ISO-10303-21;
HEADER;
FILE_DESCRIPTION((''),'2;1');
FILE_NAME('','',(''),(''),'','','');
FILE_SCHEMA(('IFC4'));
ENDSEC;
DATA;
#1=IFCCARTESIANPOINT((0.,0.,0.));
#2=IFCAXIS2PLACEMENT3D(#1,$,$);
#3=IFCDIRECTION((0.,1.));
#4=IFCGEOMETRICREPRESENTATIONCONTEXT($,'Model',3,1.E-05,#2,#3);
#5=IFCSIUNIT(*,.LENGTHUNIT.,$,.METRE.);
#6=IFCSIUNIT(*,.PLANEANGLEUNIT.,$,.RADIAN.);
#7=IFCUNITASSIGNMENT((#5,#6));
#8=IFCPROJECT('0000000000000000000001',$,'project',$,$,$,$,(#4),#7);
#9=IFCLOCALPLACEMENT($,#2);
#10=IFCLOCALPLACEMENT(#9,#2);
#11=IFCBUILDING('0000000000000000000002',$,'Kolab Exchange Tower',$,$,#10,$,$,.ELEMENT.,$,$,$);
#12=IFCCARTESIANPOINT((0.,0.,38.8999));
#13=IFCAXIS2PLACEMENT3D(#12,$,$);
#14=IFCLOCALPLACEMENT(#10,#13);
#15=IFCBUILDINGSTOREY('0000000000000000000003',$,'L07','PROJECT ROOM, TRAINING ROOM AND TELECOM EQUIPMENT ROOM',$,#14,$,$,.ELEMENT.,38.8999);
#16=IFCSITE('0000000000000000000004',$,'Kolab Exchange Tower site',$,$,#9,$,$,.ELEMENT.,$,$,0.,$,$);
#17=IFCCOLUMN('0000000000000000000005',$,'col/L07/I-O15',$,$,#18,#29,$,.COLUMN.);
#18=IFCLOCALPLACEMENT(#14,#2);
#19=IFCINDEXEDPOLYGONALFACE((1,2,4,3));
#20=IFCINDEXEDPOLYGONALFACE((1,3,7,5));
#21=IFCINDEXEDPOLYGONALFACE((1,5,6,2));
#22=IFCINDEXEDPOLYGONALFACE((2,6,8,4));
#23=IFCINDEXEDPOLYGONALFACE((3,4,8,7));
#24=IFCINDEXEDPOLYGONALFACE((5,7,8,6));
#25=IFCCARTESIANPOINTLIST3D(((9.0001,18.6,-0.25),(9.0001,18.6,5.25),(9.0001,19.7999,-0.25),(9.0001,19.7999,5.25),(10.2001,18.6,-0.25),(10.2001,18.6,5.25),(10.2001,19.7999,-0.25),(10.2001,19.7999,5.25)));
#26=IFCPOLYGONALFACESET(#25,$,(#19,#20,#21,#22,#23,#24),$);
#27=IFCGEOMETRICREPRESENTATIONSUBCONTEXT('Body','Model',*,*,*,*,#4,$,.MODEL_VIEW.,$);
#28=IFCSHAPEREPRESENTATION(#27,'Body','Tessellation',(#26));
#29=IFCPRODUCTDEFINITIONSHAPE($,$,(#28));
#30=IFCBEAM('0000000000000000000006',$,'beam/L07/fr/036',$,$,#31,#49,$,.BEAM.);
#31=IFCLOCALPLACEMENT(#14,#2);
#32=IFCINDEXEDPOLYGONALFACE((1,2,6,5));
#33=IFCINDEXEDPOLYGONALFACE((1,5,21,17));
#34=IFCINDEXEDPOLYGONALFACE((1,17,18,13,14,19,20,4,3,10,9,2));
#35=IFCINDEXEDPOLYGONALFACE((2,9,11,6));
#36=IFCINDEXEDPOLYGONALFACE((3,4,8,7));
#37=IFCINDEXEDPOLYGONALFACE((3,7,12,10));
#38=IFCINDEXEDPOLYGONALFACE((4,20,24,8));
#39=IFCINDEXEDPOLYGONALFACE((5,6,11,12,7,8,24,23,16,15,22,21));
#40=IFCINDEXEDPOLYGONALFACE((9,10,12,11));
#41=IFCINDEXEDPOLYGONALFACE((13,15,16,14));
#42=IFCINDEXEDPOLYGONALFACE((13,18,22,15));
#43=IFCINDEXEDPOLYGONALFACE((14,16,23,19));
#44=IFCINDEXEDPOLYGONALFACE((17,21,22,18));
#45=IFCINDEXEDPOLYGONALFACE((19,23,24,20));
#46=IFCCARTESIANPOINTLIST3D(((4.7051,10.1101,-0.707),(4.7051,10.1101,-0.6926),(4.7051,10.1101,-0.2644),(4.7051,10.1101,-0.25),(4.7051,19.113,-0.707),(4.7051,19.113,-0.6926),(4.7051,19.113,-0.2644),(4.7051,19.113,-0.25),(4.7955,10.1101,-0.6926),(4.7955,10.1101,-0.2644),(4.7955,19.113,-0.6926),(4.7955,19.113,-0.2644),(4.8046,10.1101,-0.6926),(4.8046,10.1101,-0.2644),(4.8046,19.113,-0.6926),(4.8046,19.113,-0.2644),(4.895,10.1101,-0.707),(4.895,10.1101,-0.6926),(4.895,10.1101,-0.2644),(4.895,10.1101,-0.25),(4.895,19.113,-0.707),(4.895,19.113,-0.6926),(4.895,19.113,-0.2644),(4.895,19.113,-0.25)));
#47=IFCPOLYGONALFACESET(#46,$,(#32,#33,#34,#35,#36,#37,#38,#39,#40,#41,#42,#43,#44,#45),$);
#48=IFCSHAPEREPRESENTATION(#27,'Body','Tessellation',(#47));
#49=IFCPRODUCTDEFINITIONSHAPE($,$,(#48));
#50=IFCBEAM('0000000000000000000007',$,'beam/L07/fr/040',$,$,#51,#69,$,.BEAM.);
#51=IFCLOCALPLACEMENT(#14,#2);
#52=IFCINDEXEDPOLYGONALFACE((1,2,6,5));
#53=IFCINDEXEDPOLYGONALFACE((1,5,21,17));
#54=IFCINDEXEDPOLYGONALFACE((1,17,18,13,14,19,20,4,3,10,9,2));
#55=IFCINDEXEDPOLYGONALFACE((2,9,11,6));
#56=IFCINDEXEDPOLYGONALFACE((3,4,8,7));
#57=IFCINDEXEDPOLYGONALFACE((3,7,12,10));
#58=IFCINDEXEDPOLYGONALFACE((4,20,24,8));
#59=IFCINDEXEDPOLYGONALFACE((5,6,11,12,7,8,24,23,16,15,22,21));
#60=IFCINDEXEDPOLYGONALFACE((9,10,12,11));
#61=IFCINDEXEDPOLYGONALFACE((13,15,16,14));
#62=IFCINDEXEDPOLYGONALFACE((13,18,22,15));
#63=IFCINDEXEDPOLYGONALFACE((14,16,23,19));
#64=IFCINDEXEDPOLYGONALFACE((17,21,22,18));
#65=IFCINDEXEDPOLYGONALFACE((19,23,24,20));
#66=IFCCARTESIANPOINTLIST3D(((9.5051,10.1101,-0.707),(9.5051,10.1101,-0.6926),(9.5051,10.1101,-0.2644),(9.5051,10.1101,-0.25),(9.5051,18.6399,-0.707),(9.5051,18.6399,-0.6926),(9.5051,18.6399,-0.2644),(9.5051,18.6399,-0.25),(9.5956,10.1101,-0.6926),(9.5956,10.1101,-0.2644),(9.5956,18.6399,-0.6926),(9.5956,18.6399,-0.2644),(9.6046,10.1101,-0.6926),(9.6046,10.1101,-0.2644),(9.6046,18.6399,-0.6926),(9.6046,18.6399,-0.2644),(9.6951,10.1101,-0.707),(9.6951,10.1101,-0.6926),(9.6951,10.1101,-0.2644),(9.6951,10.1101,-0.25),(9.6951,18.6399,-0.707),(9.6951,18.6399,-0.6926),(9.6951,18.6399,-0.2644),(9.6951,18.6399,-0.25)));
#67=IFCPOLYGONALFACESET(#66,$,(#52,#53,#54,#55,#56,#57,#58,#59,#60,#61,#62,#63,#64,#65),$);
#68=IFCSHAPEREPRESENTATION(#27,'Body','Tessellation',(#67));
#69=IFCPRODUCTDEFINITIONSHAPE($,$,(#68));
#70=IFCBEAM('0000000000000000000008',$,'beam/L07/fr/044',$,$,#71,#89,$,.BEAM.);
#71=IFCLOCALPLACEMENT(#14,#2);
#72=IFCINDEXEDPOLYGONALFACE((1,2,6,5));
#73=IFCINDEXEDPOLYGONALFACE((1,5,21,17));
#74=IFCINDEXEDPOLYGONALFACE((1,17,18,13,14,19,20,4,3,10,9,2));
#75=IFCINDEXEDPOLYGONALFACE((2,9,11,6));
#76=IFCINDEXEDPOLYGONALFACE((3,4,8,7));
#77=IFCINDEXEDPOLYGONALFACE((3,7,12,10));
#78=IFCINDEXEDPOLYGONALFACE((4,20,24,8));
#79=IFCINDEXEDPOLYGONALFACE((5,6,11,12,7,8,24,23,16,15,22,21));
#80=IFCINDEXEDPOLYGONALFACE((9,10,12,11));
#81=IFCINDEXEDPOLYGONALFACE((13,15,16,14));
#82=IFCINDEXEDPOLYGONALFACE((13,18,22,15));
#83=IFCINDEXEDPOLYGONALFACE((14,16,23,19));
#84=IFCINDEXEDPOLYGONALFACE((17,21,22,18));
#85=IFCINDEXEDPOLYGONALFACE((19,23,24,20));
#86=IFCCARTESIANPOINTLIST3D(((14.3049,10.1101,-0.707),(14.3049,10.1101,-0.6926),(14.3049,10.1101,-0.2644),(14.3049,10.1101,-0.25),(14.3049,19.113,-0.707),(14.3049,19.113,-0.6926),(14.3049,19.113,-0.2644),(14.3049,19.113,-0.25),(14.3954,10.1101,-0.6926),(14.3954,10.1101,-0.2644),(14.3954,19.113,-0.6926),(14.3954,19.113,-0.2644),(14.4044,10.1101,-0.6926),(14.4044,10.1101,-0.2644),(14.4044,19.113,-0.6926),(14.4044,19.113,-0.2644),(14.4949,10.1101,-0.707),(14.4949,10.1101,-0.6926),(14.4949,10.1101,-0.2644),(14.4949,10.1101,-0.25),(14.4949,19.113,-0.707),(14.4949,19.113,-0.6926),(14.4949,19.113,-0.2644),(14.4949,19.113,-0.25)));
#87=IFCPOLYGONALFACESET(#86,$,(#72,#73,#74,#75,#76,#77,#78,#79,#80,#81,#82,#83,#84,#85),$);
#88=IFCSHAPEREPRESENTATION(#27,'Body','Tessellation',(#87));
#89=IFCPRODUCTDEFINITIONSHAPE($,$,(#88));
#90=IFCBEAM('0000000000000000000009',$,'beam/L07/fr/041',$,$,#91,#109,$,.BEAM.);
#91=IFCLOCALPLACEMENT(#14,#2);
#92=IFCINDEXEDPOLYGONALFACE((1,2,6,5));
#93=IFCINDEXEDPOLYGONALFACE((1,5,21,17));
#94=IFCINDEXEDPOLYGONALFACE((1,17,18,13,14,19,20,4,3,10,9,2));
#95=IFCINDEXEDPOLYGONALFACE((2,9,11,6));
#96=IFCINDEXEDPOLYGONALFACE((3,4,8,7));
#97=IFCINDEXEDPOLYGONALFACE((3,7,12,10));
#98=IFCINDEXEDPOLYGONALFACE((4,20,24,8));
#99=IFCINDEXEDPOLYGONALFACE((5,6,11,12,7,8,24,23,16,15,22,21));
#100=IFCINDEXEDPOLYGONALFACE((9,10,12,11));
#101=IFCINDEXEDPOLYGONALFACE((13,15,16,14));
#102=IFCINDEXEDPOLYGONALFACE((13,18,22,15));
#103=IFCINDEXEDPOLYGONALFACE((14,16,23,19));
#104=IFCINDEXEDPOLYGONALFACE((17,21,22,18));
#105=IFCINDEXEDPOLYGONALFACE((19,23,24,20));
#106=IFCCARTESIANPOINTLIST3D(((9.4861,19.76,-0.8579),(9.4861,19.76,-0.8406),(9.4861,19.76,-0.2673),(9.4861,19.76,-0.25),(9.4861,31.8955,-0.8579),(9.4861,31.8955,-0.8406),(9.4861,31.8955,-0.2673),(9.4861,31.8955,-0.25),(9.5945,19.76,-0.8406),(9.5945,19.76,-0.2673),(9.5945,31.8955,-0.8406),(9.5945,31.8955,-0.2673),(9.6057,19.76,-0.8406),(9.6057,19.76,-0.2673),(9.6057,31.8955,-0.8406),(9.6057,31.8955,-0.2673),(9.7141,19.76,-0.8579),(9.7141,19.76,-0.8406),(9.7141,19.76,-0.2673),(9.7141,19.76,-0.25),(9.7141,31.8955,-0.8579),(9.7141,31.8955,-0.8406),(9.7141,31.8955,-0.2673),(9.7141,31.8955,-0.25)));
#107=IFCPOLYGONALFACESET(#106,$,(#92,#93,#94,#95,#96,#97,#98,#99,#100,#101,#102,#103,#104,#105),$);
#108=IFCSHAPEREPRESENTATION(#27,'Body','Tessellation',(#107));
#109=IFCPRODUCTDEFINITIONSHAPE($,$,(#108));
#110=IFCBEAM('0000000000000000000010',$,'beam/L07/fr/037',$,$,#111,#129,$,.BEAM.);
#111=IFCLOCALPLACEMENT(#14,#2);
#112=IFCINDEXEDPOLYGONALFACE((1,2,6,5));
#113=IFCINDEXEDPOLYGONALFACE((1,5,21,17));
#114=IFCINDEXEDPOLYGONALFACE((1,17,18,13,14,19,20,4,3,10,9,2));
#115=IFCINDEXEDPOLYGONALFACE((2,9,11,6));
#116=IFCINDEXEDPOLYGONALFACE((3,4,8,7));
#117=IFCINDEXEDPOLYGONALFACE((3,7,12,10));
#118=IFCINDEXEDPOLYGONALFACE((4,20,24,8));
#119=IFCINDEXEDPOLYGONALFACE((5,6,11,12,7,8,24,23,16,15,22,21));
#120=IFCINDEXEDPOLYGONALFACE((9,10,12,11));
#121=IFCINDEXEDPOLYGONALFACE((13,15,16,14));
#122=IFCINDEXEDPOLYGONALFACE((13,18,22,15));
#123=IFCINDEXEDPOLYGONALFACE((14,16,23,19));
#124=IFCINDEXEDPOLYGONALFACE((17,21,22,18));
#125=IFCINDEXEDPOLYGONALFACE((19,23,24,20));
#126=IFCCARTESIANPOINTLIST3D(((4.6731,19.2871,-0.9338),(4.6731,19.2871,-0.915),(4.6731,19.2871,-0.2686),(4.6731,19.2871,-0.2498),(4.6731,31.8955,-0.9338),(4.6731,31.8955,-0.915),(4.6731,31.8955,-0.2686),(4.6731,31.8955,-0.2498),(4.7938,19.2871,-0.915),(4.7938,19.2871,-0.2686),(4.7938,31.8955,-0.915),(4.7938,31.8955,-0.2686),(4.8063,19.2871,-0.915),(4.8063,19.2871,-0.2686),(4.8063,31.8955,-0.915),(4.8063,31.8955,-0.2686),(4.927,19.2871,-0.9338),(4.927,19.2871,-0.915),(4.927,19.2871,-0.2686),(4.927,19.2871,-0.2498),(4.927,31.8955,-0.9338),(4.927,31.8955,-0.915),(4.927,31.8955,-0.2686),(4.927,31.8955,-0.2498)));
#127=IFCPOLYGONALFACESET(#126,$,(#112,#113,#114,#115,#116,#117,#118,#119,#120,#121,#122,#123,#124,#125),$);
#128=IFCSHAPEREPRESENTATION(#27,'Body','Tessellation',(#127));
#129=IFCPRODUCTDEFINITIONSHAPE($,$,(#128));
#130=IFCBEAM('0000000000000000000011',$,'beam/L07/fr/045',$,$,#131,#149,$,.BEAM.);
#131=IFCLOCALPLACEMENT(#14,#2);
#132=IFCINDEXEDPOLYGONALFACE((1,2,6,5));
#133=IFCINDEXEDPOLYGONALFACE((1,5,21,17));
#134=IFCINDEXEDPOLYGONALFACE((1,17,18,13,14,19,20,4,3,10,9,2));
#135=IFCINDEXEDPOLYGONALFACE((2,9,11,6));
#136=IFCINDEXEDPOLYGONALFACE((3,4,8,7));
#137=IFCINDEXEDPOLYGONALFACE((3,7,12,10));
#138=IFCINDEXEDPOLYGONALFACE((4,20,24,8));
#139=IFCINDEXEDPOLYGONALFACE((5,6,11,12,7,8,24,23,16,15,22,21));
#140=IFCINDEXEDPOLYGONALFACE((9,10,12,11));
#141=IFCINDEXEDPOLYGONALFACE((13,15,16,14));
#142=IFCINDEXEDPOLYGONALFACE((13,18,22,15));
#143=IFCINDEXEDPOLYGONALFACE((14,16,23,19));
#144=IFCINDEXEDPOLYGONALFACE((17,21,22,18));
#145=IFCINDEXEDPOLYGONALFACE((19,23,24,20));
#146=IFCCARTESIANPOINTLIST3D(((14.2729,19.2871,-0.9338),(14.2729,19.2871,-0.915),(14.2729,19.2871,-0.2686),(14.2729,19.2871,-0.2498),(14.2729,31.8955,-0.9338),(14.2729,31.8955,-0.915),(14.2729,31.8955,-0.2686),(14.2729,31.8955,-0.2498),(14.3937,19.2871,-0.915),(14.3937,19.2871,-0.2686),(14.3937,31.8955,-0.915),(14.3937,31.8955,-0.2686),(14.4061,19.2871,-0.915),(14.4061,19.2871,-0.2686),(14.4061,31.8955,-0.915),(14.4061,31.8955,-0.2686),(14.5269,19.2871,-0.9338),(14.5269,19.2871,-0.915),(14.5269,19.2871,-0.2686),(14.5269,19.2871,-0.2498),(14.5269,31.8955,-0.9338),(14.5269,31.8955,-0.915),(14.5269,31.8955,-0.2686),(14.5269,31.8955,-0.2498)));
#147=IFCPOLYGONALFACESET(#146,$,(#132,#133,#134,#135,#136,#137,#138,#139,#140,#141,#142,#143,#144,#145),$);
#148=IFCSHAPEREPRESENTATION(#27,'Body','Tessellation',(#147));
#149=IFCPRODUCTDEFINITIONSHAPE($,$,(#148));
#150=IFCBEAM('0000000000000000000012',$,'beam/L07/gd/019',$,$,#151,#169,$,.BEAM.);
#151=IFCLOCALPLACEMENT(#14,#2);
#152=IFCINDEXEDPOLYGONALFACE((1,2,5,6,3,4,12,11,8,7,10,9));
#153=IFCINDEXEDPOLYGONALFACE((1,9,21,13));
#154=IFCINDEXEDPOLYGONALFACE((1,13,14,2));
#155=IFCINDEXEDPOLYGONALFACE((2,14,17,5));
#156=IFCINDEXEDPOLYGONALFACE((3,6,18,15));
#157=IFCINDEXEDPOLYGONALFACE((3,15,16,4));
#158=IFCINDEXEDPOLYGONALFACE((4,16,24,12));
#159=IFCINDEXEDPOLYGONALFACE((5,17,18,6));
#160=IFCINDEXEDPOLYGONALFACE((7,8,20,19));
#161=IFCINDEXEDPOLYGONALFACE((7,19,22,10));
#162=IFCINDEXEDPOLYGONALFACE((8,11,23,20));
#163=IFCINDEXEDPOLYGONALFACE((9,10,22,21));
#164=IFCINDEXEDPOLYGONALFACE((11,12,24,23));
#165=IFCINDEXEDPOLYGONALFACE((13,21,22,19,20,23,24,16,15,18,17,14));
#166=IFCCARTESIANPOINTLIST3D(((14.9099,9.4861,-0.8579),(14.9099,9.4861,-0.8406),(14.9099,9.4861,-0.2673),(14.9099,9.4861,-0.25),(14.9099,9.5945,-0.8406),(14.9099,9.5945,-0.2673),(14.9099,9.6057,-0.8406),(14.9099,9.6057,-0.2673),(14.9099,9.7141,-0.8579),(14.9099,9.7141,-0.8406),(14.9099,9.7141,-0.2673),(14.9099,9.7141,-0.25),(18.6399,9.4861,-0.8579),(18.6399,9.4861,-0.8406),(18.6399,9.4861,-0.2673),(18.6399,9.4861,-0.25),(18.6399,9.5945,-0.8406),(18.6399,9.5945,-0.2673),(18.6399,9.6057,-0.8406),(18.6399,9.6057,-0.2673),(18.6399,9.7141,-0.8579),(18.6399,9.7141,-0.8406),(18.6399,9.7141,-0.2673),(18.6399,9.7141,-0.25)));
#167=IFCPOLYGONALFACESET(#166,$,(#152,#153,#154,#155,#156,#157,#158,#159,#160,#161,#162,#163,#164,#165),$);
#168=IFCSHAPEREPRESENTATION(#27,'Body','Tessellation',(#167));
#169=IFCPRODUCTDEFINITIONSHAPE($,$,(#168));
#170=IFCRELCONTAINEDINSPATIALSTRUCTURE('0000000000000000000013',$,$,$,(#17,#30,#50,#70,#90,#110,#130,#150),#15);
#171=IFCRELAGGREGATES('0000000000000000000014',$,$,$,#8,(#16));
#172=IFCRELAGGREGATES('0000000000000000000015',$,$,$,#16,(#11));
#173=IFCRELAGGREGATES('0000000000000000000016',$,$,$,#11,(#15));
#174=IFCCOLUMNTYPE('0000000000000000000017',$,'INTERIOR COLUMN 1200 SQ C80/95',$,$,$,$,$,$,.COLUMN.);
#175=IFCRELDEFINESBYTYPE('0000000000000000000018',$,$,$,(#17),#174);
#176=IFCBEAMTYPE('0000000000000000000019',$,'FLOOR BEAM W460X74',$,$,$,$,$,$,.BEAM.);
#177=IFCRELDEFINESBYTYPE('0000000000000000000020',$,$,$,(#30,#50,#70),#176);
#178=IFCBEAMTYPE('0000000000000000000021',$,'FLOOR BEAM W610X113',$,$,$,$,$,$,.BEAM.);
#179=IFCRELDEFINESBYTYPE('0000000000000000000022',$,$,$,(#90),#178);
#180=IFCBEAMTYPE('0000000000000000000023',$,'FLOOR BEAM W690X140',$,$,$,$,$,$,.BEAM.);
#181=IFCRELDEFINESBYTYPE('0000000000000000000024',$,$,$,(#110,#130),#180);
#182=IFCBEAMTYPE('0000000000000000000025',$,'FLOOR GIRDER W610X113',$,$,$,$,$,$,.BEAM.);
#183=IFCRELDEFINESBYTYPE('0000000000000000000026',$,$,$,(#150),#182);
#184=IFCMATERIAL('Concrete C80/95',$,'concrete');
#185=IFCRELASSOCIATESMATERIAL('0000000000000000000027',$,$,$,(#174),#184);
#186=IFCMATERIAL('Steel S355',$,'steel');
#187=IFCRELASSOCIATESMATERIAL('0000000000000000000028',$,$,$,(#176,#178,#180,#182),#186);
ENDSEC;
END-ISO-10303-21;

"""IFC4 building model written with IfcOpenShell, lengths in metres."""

from ifc_helpers import new_model, si_unit, direction, frame, origin, origin_2d, place, context, subcontext, project, spatial, rectangle, i_section, extrude, material, material_profile, profile_set, type_object, element, save


model = new_model("IFC4")

# Units and contexts
model_context = context("Model", 3, precision=1e-05, world=origin(), true_north=direction((0.0, 1.0)))
body_context = subcontext(model_context, "Body", "Model", "MODEL_VIEW")
ifc_project = project(units=[si_unit("LENGTHUNIT", "METRE"), si_unit("PLANEANGLEUNIT", "RADIAN")], contexts=[model_context])

# Site, building, storey
site_placement = place(None, origin())
site = spatial("IfcSite", under=ifc_project, at=site_placement, Name="Kolab Exchange Tower site", CompositionType="ELEMENT", RefElevation=0.0)
building_placement = place(site_placement, origin())
building = spatial("IfcBuilding", under=site, at=building_placement, Name="Kolab Exchange Tower", CompositionType="ELEMENT")
storey_placement = place(building_placement, frame((0.0, 0.0, 38.8999)))
storey = spatial("IfcBuildingStorey", under=building, at=storey_placement, Name="L07", Description="PROJECT ROOM, TRAINING ROOM AND TELECOM EQUIPMENT ROOM", CompositionType="ELEMENT", Elevation=38.8999)

# Column
ifc_material_1 = material(Name="Concrete C80/95", Category="concrete")
ifc_material_profile_1 = material_profile(ifc_material_1, rectangle(XDim=1.2, YDim=1.2, at=origin_2d()), Name="RC1200")
ifc_profile_set_1 = profile_set([ifc_material_profile_1], Name="Concrete C80/95")
column_type = type_object("IfcColumnType", Name="INTERIOR COLUMN 1200 SQ C80/95", PredefinedType="COLUMN", material=ifc_profile_set_1)
column_placement = place(storey_placement, frame((9.6001, 19.2, -0.25), z_axis=(0.0, 0.0, 1.0), x_axis=(1.0, 0.0, 0.0)))
element("IfcColumn", 1, at=column_placement, inside=storey, type_object=column_type, Name="col/L07/I-O15", PredefinedType="COLUMN", context=body_context, shape_type="SweptSolid", body=[
    extrude(rectangle(XDim=1.2, YDim=1.2, at=origin_2d()), origin(), (0.0, 0.0, 1.0), 5.5),
])

# Beams
ifc_material_2 = material(Name="Steel S355", Category="steel")
ifc_material_profile_2 = material_profile(ifc_material_2, i_section(OverallWidth=0.1899, OverallDepth=0.457, WebThickness=0.009, FlangeThickness=0.0144, at=origin_2d()), Name="W460X74")
ifc_profile_set_2 = profile_set([ifc_material_profile_2], Name="Steel S355")
beam_type_1 = type_object("IfcBeamType", Name="FLOOR BEAM W460X74", PredefinedType="BEAM", material=ifc_profile_set_2)
beam_1_placement = place(storey_placement, frame((4.8, 10.1101, -0.4785), z_axis=(0.0, 1.0, 0.0), x_axis=(-1.0, 0.0, 0.0)))
element("IfcBeam", 2, at=beam_1_placement, inside=storey, type_object=beam_type_1, Name="beam/L07/fr/036", PredefinedType="BEAM", context=body_context, shape_type="SweptSolid", body=[
    extrude(i_section(OverallWidth=0.1899, OverallDepth=0.457, WebThickness=0.009, FlangeThickness=0.0144, at=origin_2d()), origin(), (0.0, 0.0, 1.0), 9.0029),
])
beam_2_placement = place(storey_placement, frame((9.6001, 10.1101, -0.4785), z_axis=(0.0, 1.0, 0.0), x_axis=(-1.0, 0.0, 0.0)))
element("IfcBeam", 3, at=beam_2_placement, inside=storey, type_object=beam_type_1, Name="beam/L07/fr/040", PredefinedType="BEAM", context=body_context, shape_type="SweptSolid", body=[
    extrude(i_section(OverallWidth=0.1899, OverallDepth=0.457, WebThickness=0.009, FlangeThickness=0.0144, at=origin_2d()), origin(), (0.0, 0.0, 1.0), 8.5298),
])
beam_3_placement = place(storey_placement, frame((14.3999, 10.1101, -0.4785), z_axis=(0.0, 1.0, 0.0), x_axis=(-1.0, 0.0, 0.0)))
element("IfcBeam", 4, at=beam_3_placement, inside=storey, type_object=beam_type_1, Name="beam/L07/fr/044", PredefinedType="BEAM", context=body_context, shape_type="SweptSolid", body=[
    extrude(i_section(OverallWidth=0.1899, OverallDepth=0.457, WebThickness=0.009, FlangeThickness=0.0144, at=origin_2d()), origin(), (0.0, 0.0, 1.0), 9.0029),
])
ifc_material_profile_3 = material_profile(ifc_material_2, i_section(OverallWidth=0.228, OverallDepth=0.6079, WebThickness=0.0112, FlangeThickness=0.0173, at=origin_2d()), Name="W610X113")
ifc_profile_set_3 = profile_set([ifc_material_profile_3], Name="Steel S355")
beam_type_2 = type_object("IfcBeamType", Name="FLOOR BEAM W610X113", PredefinedType="BEAM", material=ifc_profile_set_3)
beam_4_placement = place(storey_placement, frame((9.6001, 19.76, -0.554), z_axis=(0.0, 1.0, 0.0), x_axis=(-1.0, 0.0, 0.0)))
element("IfcBeam", 5, at=beam_4_placement, inside=storey, type_object=beam_type_2, Name="beam/L07/fr/041", PredefinedType="BEAM", context=body_context, shape_type="SweptSolid", body=[
    extrude(i_section(OverallWidth=0.228, OverallDepth=0.6079, WebThickness=0.0112, FlangeThickness=0.0173, at=origin_2d()), origin(), (0.0, 0.0, 1.0), 12.1355),
])
ifc_material_profile_4 = material_profile(ifc_material_2, i_section(OverallWidth=0.2539, OverallDepth=0.6841, WebThickness=0.0125, FlangeThickness=0.0188, at=origin_2d()), Name="W690X140")
ifc_profile_set_4 = profile_set([ifc_material_profile_4], Name="Steel S355")
beam_type_3 = type_object("IfcBeamType", Name="FLOOR BEAM W690X140", PredefinedType="BEAM", material=ifc_profile_set_4)
for number, where, z_axis, x_axis, name in (
    (6, (4.8, 19.2871, -0.5918), (0.0, 1.0, 0.0), (-1.0, 0.0, 0.0), "beam/L07/fr/037"),
    (7, (14.3999, 19.2871, -0.5918), (0.0, 1.0, 0.0), (-1.0, 0.0, 0.0), "beam/L07/fr/045"),
):
    element("IfcBeam", number, at=place(storey_placement, frame(where, z_axis=z_axis, x_axis=x_axis)), inside=storey, type_object=beam_type_3, Name=name, PredefinedType="BEAM", context=body_context, shape_type="SweptSolid", body=[
        extrude(i_section(OverallWidth=0.2539, OverallDepth=0.6841, WebThickness=0.0125, FlangeThickness=0.0188, at=origin_2d()), origin(), (0.0, 0.0, 1.0), 12.6084),
    ])
ifc_material_profile_5 = material_profile(ifc_material_2, i_section(OverallWidth=0.228, OverallDepth=0.6079, WebThickness=0.0112, FlangeThickness=0.0173, at=origin_2d()), Name="W610X113")
ifc_profile_set_5 = profile_set([ifc_material_profile_5], Name="Steel S355")
beam_type_4 = type_object("IfcBeamType", Name="FLOOR GIRDER W610X113", PredefinedType="BEAM", material=ifc_profile_set_5)
beam_5_placement = place(storey_placement, frame((14.9099, 9.6001, -0.554), z_axis=(1.0, 0.0, 0.0), x_axis=(0.0, 1.0, 0.0)))
element("IfcBeam", 8, at=beam_5_placement, inside=storey, type_object=beam_type_4, Name="beam/L07/gd/019", PredefinedType="BEAM", context=body_context, shape_type="SweptSolid", body=[
    extrude(i_section(OverallWidth=0.228, OverallDepth=0.6079, WebThickness=0.0112, FlangeThickness=0.0173, at=origin_2d()), origin(), (0.0, 0.0, 1.0), 3.73),
])

save(model, "model.ifc")
